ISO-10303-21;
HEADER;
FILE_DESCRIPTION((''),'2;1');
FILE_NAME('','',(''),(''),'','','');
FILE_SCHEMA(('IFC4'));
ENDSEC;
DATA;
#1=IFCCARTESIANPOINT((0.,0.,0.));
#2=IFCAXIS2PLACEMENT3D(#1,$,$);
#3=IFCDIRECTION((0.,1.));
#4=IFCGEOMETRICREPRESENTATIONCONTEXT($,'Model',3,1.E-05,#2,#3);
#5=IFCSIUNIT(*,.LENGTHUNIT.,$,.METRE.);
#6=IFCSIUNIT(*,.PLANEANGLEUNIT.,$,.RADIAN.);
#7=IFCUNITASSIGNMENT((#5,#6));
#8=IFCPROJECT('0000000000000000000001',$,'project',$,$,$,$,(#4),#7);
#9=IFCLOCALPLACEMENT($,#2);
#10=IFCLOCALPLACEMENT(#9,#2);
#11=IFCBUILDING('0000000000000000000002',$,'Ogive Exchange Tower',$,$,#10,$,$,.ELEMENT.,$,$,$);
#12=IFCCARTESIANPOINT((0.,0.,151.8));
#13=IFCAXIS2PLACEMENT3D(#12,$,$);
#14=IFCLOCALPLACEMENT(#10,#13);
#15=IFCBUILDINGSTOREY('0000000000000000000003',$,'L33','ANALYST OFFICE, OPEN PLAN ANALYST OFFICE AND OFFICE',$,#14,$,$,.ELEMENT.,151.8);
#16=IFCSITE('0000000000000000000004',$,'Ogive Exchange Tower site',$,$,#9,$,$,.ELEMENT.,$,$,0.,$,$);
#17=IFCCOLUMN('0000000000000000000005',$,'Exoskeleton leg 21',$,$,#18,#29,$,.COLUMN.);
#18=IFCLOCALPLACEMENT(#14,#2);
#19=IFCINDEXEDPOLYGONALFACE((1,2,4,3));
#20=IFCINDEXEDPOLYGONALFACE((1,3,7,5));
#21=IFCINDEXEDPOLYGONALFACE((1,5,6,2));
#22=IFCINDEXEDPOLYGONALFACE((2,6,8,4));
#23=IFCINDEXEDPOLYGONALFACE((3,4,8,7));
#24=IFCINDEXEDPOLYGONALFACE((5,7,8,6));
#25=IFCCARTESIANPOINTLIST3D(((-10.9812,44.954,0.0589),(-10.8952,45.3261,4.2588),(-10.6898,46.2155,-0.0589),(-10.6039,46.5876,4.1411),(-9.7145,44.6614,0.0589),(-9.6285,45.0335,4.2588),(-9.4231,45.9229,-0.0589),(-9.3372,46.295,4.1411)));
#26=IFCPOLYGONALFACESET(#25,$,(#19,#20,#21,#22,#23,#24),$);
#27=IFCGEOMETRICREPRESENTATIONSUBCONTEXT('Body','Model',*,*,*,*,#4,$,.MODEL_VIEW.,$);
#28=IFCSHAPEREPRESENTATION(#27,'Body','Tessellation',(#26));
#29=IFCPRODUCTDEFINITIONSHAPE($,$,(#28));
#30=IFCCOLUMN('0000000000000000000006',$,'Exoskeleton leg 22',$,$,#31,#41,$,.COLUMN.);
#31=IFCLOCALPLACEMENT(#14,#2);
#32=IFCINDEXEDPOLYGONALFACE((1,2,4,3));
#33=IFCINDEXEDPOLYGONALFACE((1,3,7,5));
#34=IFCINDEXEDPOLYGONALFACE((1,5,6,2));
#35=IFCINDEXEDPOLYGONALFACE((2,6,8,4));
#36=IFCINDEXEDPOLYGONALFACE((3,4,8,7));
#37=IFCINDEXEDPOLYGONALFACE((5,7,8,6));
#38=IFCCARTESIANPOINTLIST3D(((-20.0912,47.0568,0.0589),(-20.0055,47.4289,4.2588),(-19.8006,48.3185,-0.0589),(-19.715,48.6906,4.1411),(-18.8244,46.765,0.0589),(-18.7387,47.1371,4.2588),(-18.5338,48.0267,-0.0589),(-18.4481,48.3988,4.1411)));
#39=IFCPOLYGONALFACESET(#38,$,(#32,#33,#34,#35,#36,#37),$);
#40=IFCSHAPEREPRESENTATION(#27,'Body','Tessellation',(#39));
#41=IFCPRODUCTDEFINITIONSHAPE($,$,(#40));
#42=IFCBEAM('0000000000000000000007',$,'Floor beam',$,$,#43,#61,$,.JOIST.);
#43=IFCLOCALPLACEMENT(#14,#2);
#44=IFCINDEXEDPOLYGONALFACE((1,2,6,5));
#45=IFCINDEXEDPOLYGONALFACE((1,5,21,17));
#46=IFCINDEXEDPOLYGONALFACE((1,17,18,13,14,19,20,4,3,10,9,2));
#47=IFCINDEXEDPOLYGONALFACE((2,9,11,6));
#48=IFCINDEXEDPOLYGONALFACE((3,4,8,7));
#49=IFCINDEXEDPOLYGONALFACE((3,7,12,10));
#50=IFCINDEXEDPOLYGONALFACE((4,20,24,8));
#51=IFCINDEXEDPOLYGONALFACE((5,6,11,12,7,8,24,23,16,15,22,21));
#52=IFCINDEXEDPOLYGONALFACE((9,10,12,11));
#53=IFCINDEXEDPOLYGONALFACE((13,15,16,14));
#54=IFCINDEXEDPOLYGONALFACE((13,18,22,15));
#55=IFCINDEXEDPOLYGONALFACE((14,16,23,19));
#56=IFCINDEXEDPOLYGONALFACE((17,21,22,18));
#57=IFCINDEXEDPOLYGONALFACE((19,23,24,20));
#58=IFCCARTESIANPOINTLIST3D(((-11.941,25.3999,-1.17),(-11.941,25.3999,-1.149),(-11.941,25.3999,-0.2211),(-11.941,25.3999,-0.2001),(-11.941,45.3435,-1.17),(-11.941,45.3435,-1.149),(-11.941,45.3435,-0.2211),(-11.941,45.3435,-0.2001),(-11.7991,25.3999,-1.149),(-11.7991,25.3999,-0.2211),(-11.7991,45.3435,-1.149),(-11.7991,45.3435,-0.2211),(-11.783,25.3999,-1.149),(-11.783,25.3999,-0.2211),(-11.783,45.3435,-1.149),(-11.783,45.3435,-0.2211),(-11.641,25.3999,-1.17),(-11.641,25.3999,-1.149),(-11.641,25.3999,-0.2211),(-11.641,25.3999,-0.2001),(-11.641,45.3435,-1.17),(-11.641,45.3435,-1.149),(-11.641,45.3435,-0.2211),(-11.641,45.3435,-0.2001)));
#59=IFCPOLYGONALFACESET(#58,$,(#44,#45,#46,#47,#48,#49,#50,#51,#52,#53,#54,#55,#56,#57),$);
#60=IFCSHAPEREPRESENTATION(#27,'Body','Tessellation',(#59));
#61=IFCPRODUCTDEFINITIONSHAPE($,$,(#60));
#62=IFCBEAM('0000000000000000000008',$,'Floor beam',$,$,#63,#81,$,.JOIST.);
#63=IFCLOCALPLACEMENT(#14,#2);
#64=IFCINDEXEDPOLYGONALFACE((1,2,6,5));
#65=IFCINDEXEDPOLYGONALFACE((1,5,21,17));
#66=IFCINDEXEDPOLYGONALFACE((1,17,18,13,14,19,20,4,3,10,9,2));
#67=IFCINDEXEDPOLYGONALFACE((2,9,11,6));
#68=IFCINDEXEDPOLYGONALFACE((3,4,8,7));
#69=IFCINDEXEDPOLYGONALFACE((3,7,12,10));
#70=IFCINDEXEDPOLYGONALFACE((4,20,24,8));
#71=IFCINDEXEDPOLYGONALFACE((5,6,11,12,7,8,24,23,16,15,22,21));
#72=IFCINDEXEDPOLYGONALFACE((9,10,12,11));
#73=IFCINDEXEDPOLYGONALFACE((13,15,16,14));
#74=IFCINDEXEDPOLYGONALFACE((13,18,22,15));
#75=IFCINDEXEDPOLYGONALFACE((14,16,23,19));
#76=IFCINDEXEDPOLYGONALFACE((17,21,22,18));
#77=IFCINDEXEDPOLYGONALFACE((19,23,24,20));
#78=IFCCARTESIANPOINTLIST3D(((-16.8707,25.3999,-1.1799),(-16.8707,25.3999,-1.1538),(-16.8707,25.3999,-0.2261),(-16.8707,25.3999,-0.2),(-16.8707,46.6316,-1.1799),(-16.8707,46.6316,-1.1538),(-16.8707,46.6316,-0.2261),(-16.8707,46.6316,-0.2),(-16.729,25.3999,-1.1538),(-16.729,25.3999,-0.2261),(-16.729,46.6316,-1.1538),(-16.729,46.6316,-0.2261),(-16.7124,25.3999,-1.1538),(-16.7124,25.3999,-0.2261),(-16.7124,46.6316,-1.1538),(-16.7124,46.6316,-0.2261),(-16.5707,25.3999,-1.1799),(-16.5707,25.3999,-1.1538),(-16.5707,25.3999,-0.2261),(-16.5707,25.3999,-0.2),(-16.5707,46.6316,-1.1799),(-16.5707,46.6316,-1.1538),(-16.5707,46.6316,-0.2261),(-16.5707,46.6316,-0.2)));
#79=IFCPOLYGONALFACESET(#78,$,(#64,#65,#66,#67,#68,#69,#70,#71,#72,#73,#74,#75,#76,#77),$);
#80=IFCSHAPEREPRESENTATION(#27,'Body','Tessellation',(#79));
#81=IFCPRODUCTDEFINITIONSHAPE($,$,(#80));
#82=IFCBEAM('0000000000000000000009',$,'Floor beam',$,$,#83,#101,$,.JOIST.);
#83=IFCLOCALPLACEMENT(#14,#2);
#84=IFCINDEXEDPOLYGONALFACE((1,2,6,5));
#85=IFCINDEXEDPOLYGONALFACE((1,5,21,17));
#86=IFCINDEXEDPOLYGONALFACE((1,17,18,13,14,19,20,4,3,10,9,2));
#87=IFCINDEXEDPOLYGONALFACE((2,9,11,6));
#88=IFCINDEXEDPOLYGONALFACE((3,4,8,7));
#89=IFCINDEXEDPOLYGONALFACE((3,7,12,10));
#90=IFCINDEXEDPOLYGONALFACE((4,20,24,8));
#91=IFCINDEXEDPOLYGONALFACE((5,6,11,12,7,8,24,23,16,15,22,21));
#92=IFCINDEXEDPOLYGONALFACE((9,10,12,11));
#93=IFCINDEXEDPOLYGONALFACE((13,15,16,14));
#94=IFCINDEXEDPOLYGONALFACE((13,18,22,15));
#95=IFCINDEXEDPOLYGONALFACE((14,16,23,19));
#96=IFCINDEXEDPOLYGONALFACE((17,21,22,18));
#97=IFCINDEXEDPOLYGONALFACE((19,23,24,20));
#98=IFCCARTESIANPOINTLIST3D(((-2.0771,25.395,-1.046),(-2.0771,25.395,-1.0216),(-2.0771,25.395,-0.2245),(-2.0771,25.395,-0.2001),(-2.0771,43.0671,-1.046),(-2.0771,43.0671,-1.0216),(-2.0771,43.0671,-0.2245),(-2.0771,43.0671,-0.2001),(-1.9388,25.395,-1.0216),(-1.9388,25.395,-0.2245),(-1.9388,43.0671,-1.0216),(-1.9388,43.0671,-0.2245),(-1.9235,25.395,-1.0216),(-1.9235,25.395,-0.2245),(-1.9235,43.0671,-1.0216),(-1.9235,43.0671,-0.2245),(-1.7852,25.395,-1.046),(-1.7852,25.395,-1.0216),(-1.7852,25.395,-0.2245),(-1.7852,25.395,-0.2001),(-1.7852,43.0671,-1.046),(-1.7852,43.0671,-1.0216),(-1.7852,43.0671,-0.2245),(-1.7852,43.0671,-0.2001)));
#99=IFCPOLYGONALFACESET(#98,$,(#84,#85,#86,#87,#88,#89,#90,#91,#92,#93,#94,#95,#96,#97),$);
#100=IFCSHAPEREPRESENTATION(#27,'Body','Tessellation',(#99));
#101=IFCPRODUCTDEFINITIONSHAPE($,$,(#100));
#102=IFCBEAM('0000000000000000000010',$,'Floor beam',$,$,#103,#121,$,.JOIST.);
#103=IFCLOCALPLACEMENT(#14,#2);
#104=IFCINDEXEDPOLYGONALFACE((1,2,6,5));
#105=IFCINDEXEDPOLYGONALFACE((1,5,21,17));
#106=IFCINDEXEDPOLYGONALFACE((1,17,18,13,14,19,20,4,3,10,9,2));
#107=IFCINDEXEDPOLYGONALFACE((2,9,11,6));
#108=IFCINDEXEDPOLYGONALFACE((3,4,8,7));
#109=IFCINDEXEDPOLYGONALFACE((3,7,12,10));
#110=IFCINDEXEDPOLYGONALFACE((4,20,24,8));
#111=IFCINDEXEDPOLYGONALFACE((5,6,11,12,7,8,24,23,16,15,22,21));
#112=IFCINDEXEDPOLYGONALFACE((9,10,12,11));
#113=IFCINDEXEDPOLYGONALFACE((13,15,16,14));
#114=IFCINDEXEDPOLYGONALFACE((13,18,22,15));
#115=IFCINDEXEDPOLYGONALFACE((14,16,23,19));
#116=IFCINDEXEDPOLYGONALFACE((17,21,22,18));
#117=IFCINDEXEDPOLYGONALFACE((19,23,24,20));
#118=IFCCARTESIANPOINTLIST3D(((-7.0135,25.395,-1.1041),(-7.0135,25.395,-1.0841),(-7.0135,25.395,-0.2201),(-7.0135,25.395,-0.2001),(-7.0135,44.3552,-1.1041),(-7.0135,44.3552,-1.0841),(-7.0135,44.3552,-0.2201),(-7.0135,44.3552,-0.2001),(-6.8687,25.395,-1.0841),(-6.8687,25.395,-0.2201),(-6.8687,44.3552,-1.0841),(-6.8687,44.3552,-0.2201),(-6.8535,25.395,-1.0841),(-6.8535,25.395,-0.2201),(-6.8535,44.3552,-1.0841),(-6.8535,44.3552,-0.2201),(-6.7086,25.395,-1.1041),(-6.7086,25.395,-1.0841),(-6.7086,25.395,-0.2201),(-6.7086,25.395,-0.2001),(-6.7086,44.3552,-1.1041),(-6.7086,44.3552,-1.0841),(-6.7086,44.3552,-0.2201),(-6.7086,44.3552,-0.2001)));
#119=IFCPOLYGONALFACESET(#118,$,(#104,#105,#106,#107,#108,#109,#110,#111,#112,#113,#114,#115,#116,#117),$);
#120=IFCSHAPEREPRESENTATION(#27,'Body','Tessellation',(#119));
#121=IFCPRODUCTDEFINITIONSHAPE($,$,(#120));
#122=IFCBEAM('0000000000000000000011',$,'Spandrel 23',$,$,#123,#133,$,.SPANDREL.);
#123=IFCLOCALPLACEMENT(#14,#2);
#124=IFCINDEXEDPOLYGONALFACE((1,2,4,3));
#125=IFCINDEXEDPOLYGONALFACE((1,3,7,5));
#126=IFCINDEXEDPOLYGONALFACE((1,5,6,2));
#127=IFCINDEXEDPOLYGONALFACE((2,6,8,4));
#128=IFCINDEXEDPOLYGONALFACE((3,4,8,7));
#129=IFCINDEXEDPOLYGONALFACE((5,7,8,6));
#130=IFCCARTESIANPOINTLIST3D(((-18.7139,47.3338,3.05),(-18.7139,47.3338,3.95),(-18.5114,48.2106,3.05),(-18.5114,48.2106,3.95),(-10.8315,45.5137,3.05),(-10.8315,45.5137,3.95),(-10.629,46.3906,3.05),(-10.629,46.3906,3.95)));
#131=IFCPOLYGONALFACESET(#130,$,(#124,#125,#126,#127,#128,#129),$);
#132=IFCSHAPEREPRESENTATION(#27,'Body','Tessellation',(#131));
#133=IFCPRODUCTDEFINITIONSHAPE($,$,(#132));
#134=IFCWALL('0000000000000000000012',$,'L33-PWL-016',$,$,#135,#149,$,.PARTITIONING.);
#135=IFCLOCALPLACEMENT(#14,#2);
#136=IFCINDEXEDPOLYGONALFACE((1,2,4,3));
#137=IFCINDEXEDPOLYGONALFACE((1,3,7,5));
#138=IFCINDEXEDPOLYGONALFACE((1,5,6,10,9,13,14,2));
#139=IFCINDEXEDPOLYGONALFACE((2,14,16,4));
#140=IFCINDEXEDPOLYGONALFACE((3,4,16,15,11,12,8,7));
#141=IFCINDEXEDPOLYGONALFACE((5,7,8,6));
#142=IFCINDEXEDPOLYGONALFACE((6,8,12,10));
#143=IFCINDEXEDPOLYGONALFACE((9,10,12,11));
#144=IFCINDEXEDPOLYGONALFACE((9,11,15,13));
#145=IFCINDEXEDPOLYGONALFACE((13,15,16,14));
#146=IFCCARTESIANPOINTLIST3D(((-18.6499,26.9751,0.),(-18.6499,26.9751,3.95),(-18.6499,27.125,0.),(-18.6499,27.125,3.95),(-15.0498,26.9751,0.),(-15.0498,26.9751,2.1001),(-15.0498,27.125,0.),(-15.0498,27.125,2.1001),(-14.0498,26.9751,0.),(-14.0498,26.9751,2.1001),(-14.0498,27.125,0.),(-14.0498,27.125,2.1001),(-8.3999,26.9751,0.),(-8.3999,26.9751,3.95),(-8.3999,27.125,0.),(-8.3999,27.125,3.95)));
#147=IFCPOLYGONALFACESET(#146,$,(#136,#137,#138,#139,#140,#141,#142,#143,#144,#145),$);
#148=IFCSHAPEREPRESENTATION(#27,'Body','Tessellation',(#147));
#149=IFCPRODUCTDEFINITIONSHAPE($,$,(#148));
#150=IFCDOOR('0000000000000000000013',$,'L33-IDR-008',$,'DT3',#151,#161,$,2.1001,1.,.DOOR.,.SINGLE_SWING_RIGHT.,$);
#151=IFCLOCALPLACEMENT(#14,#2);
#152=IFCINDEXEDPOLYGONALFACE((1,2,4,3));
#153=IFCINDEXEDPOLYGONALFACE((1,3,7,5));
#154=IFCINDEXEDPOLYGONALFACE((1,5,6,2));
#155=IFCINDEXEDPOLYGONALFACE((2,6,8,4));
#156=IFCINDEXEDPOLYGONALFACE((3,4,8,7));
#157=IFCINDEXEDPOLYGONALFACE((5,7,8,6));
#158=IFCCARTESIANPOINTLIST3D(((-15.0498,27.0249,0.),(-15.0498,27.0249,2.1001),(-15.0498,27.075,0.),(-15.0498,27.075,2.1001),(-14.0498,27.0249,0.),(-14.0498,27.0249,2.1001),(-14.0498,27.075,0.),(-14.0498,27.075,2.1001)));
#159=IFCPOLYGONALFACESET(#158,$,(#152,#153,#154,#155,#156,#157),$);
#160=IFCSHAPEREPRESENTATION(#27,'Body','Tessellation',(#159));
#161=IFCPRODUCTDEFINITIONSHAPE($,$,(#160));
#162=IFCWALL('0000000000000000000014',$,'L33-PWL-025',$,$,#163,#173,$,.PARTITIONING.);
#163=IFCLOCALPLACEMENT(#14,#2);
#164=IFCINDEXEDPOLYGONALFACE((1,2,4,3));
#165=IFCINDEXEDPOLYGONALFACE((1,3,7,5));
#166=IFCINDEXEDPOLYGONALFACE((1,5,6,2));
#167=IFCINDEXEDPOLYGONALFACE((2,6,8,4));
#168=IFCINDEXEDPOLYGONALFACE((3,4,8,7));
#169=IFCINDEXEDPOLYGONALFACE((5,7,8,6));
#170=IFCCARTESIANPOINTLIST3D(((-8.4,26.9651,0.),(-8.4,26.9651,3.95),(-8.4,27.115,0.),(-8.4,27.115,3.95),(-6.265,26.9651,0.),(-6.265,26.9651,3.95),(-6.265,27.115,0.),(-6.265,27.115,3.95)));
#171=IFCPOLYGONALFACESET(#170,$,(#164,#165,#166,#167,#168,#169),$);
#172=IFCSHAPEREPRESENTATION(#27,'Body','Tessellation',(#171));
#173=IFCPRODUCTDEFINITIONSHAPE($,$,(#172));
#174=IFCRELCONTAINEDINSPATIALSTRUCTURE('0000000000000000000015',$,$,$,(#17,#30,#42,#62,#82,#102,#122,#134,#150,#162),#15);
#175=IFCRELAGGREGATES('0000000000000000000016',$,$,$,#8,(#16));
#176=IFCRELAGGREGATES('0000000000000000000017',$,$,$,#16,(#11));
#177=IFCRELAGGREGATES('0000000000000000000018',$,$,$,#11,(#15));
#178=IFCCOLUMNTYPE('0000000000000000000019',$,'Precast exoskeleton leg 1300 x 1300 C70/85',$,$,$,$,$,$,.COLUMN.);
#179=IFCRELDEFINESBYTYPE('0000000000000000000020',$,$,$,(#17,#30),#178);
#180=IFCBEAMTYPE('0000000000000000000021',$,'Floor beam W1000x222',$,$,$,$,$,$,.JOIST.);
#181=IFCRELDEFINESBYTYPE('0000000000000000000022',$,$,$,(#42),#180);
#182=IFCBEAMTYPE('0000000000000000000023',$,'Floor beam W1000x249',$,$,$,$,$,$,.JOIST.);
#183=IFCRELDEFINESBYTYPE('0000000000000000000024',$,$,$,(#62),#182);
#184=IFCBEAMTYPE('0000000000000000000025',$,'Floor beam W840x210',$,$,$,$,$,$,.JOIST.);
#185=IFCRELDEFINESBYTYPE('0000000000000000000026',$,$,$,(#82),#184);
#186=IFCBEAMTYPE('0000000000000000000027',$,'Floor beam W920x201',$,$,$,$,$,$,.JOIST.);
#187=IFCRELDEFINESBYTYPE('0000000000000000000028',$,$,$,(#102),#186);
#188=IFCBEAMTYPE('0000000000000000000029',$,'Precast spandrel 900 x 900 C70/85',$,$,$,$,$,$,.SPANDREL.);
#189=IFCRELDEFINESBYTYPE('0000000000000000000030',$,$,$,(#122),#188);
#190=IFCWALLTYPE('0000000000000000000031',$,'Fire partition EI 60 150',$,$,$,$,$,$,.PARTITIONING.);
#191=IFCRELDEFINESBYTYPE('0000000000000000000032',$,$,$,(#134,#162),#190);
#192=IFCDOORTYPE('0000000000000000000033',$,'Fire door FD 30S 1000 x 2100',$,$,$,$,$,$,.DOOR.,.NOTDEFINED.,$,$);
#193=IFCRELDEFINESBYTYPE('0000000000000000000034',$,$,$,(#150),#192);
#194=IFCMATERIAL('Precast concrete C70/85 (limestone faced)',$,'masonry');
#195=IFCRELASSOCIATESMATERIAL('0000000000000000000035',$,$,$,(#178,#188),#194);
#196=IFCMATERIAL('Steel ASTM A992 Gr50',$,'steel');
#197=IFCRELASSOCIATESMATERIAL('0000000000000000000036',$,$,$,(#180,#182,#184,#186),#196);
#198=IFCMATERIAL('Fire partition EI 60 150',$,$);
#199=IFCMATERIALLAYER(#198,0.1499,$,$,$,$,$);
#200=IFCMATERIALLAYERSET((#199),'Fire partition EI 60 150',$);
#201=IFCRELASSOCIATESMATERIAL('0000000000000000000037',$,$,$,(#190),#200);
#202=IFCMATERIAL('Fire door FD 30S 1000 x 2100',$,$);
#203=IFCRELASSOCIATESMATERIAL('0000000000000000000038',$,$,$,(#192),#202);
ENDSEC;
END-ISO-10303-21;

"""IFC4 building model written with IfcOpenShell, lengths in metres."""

from ifc_helpers import new_model, si_unit, direction, frame, frame_2d, origin, origin_2d, place, context, subcontext, project, spatial, rectangle, i_section, extrude, material, layer, layer_set, material_profile, profile_set, type_object, element, fill, save


model = new_model("IFC4")

# Units and contexts
model_context = context("Model", 3, precision=1e-05, world=origin(), true_north=direction((0.0, 1.0)))
body_context = subcontext(model_context, "Body", "Model", "MODEL_VIEW")
ifc_project = project(units=[si_unit("LENGTHUNIT", "METRE"), si_unit("PLANEANGLEUNIT", "RADIAN")], contexts=[model_context])

# Site, building, storey
site_placement = place(None, origin())
site = spatial("IfcSite", under=ifc_project, at=site_placement, Name="Ogive Exchange Tower site", CompositionType="ELEMENT", RefElevation=0.0)
building_placement = place(site_placement, origin())
building = spatial("IfcBuilding", under=site, at=building_placement, Name="Ogive Exchange Tower", CompositionType="ELEMENT")
storey_placement = place(building_placement, frame((0.0, 0.0, 151.8)))
storey = spatial("IfcBuildingStorey", under=building, at=storey_placement, Name="L33", Description="ANALYST OFFICE, OPEN PLAN ANALYST OFFICE AND OFFICE", CompositionType="ELEMENT", Elevation=151.8)

# Columns
ifc_material_1 = material(Name="Precast concrete C70/85 (limestone faced)", Category="masonry")
ifc_material_profile_1 = material_profile(ifc_material_1, rectangle(XDim=1.3, YDim=1.3, at=origin_2d()), Name="1300 x 1300")
ifc_profile_set_1 = profile_set([ifc_material_profile_1], Name="Precast concrete C70/85 (limestone faced)")
column_type = type_object("IfcColumnType", Name="Precast exoskeleton leg 1300 x 1300 C70/85", PredefinedType="COLUMN", material=ifc_profile_set_1)
for number, where, z_axis, x_axis, name in (
    (1, (-10.2021, 45.4385, 0.0), (0.020377, 0.088225, 0.995892), (-0.974348, 0.225046, 0.0), "Exoskeleton leg 21"),
    (2, (-19.3125, 47.5417, 0.0), (0.02032, 0.088225, 0.995893), (-0.974488, 0.224439, 0.0), "Exoskeleton leg 22"),
):
    element("IfcColumn", number, at=place(storey_placement, frame(where, z_axis=z_axis, x_axis=x_axis)), inside=storey, type_object=column_type, Name=name, PredefinedType="COLUMN", context=body_context, shape_type="SweptSolid", body=[
        extrude(rectangle(XDim=1.3, YDim=1.3, at=origin_2d()), origin(), (0.0, 0.0, 1.0), 4.2173),
    ])

# Beams
ifc_material_2 = material(Name="Steel ASTM A992 Gr50", Category="steel")
ifc_material_profile_2 = material_profile(ifc_material_2, i_section(OverallWidth=0.3, OverallDepth=0.97, WebThickness=0.0161, FlangeThickness=0.021, at=origin_2d()), Name="W1000x222")
ifc_profile_set_2 = profile_set([ifc_material_profile_2], Name="Steel ASTM A992 Gr50")
beam_type_1 = type_object("IfcBeamType", Name="Floor beam W1000x222", PredefinedType="JOIST", material=ifc_profile_set_2)
beam_1_placement = place(storey_placement, frame((-11.791, 25.3999, -0.6851), z_axis=(0.0, 1.0, 0.0), x_axis=(-1.0, 0.0, 0.0)))
element("IfcBeam", 3, at=beam_1_placement, inside=storey, type_object=beam_type_1, Name="Floor beam", PredefinedType="JOIST", context=body_context, shape_type="SweptSolid", body=[
    extrude(i_section(OverallWidth=0.3, OverallDepth=0.97, WebThickness=0.0161, FlangeThickness=0.021, at=origin_2d()), origin(), (0.0, 0.0, 1.0), 19.9436),
])
ifc_material_profile_3 = material_profile(ifc_material_2, i_section(OverallWidth=0.3, OverallDepth=0.98, WebThickness=0.0166, FlangeThickness=0.0261, at=origin_2d()), Name="W1000x249")
ifc_profile_set_3 = profile_set([ifc_material_profile_3], Name="Steel ASTM A992 Gr50")
beam_type_2 = type_object("IfcBeamType", Name="Floor beam W1000x249", PredefinedType="JOIST", material=ifc_profile_set_3)
beam_2_placement = place(storey_placement, frame((-16.7207, 25.3999, -0.6899), z_axis=(0.0, 1.0, 0.0), x_axis=(-1.0, 0.0, 0.0)))
element("IfcBeam", 4, at=beam_2_placement, inside=storey, type_object=beam_type_2, Name="Floor beam", PredefinedType="JOIST", context=body_context, shape_type="SweptSolid", body=[
    extrude(i_section(OverallWidth=0.3, OverallDepth=0.98, WebThickness=0.0166, FlangeThickness=0.0261, at=origin_2d()), origin(), (0.0, 0.0, 1.0), 21.2317),
])
ifc_material_profile_4 = material_profile(ifc_material_2, i_section(OverallWidth=0.292, OverallDepth=0.8459, WebThickness=0.0154, FlangeThickness=0.0244, at=origin_2d()), Name="W840x210")
ifc_profile_set_4 = profile_set([ifc_material_profile_4], Name="Steel ASTM A992 Gr50")
beam_type_3 = type_object("IfcBeamType", Name="Floor beam W840x210", PredefinedType="JOIST", material=ifc_profile_set_4)
beam_3_placement = place(storey_placement, frame((-1.9312, 25.395, -0.623), z_axis=(0.0, 1.0, 0.0), x_axis=(-1.0, 0.0, 0.0)))
element("IfcBeam", 5, at=beam_3_placement, inside=storey, type_object=beam_type_3, Name="Floor beam", PredefinedType="JOIST", context=body_context, shape_type="SweptSolid", body=[
    extrude(i_section(OverallWidth=0.292, OverallDepth=0.8459, WebThickness=0.0154, FlangeThickness=0.0244, at=origin_2d()), origin(), (0.0, 0.0, 1.0), 17.6721),
])
ifc_material_profile_5 = material_profile(ifc_material_2, i_section(OverallWidth=0.3049, OverallDepth=0.9041, WebThickness=0.0151, FlangeThickness=0.02, at=origin_2d()), Name="W920x201")
ifc_profile_set_5 = profile_set([ifc_material_profile_5], Name="Steel ASTM A992 Gr50")
beam_type_4 = type_object("IfcBeamType", Name="Floor beam W920x201", PredefinedType="JOIST", material=ifc_profile_set_5)
beam_4_placement = place(storey_placement, frame((-6.8611, 25.395, -0.6521), z_axis=(0.0, 1.0, 0.0), x_axis=(-1.0, 0.0, 0.0)))
element("IfcBeam", 6, at=beam_4_placement, inside=storey, type_object=beam_type_4, Name="Floor beam", PredefinedType="JOIST", context=body_context, shape_type="SweptSolid", body=[
    extrude(i_section(OverallWidth=0.3049, OverallDepth=0.9041, WebThickness=0.0151, FlangeThickness=0.02, at=origin_2d()), origin(), (0.0, 0.0, 1.0), 18.9602),
])
ifc_material_profile_6 = material_profile(ifc_material_1, rectangle(XDim=0.8999, YDim=0.8999, at=origin_2d()), Name="900 x 900")
ifc_profile_set_6 = profile_set([ifc_material_profile_6], Name="Precast concrete C70/85 (limestone faced)")
beam_type_5 = type_object("IfcBeamType", Name="Precast spandrel 900 x 900 C70/85", PredefinedType="SPANDREL", material=ifc_profile_set_6)
beam_5_placement = place(storey_placement, frame((-10.7302, 45.9521, 3.5), z_axis=(-0.974364, 0.224979, 0.0), x_axis=(-0.224979, -0.974364, 0.0)))
element("IfcBeam", 7, at=beam_5_placement, inside=storey, type_object=beam_type_5, Name="Spandrel 23", PredefinedType="SPANDREL", context=body_context, shape_type="SweptSolid", body=[
    extrude(rectangle(XDim=0.8999, YDim=0.8999, at=origin_2d()), origin(), (0.0, 0.0, 1.0), 8.0898),
])

# Wall, opening, door
ifc_material_3 = material(Name="Fire partition EI 60 150")
ifc_layer_1 = layer(ifc_material_3, 0.1499)
ifc_layer_set_1 = layer_set([ifc_layer_1], Name="Fire partition EI 60 150")
wall_type_1 = type_object("IfcWallType", Name="Fire partition EI 60 150", PredefinedType="PARTITIONING", material=ifc_layer_set_1)
wall_1_placement = place(storey_placement, frame((-18.6499, 27.05, 0.0), z_axis=(0.0, 0.0, 1.0), x_axis=(1.0, 0.0, 0.0)))
wall_1 = element("IfcWall", 8, at=wall_1_placement, inside=storey, type_object=wall_type_1, Name="L33-PWL-016", PredefinedType="PARTITIONING", context=body_context, shape_type="SweptSolid", body=[
    extrude(rectangle(XDim=10.25, YDim=0.1499, at=frame_2d((5.125, 0.0))), origin(), (0.0, 0.0, 1.0), 3.95),
])
opening_1_placement = place(wall_1_placement, frame((3.6001, 0.0, 0.0)))
opening_1 = element("IfcOpeningElement", 9, at=opening_1_placement, cuts=wall_1, PredefinedType="OPENING", context=body_context, shape_type="SweptSolid", body=[
    extrude(rectangle(XDim=1.0, YDim=2.1001, at=frame_2d((0.5, 1.05))), frame((0.0, 0.085, 0.0), z_axis=(0.0, -1.0, 0.0), x_axis=(1.0, 0.0, 0.0)), (0.0, 0.0, 1.0), 0.1699),
])
ifc_material_4 = material(Name="Fire door FD 30S 1000 x 2100")
door_type_1 = type_object("IfcDoorType", Name="Fire door FD 30S 1000 x 2100", OperationType="NOTDEFINED", PredefinedType="DOOR", material=ifc_material_4)
door_1_placement = place(opening_1_placement, origin())
door_1 = element("IfcDoor", 10, at=door_1_placement, inside=storey, type_object=door_type_1, Name="L33-IDR-008", ObjectType="DT3", OperationType="SINGLE_SWING_RIGHT", OverallHeight=2.1001, OverallWidth=1.0, PredefinedType="DOOR", context=body_context, shape_type="SweptSolid", body=[
    extrude(rectangle(XDim=1.0, YDim=2.1001, at=frame_2d((0.5, 1.05))), frame((0.0, 0.0249, 0.0), z_axis=(0.0, -1.0, 0.0), x_axis=(1.0, 0.0, 0.0)), (0.0, 0.0, 1.0), 0.05),
])
fill(opening_1, door_1)

# Wall
wall_2_placement = place(storey_placement, frame((-8.3999, 27.04, 0.0), z_axis=(0.0, 0.0, 1.0), x_axis=(1.0, 0.0, 0.0)))
element("IfcWall", 11, at=wall_2_placement, inside=storey, type_object=wall_type_1, Name="L33-PWL-025", PredefinedType="PARTITIONING", context=body_context, shape_type="SweptSolid", body=[
    extrude(rectangle(XDim=2.135, YDim=0.1499, at=frame_2d((1.0674, 0.0))), origin(), (0.0, 0.0, 1.0), 3.95),
])

save(model, "model.ifc")
